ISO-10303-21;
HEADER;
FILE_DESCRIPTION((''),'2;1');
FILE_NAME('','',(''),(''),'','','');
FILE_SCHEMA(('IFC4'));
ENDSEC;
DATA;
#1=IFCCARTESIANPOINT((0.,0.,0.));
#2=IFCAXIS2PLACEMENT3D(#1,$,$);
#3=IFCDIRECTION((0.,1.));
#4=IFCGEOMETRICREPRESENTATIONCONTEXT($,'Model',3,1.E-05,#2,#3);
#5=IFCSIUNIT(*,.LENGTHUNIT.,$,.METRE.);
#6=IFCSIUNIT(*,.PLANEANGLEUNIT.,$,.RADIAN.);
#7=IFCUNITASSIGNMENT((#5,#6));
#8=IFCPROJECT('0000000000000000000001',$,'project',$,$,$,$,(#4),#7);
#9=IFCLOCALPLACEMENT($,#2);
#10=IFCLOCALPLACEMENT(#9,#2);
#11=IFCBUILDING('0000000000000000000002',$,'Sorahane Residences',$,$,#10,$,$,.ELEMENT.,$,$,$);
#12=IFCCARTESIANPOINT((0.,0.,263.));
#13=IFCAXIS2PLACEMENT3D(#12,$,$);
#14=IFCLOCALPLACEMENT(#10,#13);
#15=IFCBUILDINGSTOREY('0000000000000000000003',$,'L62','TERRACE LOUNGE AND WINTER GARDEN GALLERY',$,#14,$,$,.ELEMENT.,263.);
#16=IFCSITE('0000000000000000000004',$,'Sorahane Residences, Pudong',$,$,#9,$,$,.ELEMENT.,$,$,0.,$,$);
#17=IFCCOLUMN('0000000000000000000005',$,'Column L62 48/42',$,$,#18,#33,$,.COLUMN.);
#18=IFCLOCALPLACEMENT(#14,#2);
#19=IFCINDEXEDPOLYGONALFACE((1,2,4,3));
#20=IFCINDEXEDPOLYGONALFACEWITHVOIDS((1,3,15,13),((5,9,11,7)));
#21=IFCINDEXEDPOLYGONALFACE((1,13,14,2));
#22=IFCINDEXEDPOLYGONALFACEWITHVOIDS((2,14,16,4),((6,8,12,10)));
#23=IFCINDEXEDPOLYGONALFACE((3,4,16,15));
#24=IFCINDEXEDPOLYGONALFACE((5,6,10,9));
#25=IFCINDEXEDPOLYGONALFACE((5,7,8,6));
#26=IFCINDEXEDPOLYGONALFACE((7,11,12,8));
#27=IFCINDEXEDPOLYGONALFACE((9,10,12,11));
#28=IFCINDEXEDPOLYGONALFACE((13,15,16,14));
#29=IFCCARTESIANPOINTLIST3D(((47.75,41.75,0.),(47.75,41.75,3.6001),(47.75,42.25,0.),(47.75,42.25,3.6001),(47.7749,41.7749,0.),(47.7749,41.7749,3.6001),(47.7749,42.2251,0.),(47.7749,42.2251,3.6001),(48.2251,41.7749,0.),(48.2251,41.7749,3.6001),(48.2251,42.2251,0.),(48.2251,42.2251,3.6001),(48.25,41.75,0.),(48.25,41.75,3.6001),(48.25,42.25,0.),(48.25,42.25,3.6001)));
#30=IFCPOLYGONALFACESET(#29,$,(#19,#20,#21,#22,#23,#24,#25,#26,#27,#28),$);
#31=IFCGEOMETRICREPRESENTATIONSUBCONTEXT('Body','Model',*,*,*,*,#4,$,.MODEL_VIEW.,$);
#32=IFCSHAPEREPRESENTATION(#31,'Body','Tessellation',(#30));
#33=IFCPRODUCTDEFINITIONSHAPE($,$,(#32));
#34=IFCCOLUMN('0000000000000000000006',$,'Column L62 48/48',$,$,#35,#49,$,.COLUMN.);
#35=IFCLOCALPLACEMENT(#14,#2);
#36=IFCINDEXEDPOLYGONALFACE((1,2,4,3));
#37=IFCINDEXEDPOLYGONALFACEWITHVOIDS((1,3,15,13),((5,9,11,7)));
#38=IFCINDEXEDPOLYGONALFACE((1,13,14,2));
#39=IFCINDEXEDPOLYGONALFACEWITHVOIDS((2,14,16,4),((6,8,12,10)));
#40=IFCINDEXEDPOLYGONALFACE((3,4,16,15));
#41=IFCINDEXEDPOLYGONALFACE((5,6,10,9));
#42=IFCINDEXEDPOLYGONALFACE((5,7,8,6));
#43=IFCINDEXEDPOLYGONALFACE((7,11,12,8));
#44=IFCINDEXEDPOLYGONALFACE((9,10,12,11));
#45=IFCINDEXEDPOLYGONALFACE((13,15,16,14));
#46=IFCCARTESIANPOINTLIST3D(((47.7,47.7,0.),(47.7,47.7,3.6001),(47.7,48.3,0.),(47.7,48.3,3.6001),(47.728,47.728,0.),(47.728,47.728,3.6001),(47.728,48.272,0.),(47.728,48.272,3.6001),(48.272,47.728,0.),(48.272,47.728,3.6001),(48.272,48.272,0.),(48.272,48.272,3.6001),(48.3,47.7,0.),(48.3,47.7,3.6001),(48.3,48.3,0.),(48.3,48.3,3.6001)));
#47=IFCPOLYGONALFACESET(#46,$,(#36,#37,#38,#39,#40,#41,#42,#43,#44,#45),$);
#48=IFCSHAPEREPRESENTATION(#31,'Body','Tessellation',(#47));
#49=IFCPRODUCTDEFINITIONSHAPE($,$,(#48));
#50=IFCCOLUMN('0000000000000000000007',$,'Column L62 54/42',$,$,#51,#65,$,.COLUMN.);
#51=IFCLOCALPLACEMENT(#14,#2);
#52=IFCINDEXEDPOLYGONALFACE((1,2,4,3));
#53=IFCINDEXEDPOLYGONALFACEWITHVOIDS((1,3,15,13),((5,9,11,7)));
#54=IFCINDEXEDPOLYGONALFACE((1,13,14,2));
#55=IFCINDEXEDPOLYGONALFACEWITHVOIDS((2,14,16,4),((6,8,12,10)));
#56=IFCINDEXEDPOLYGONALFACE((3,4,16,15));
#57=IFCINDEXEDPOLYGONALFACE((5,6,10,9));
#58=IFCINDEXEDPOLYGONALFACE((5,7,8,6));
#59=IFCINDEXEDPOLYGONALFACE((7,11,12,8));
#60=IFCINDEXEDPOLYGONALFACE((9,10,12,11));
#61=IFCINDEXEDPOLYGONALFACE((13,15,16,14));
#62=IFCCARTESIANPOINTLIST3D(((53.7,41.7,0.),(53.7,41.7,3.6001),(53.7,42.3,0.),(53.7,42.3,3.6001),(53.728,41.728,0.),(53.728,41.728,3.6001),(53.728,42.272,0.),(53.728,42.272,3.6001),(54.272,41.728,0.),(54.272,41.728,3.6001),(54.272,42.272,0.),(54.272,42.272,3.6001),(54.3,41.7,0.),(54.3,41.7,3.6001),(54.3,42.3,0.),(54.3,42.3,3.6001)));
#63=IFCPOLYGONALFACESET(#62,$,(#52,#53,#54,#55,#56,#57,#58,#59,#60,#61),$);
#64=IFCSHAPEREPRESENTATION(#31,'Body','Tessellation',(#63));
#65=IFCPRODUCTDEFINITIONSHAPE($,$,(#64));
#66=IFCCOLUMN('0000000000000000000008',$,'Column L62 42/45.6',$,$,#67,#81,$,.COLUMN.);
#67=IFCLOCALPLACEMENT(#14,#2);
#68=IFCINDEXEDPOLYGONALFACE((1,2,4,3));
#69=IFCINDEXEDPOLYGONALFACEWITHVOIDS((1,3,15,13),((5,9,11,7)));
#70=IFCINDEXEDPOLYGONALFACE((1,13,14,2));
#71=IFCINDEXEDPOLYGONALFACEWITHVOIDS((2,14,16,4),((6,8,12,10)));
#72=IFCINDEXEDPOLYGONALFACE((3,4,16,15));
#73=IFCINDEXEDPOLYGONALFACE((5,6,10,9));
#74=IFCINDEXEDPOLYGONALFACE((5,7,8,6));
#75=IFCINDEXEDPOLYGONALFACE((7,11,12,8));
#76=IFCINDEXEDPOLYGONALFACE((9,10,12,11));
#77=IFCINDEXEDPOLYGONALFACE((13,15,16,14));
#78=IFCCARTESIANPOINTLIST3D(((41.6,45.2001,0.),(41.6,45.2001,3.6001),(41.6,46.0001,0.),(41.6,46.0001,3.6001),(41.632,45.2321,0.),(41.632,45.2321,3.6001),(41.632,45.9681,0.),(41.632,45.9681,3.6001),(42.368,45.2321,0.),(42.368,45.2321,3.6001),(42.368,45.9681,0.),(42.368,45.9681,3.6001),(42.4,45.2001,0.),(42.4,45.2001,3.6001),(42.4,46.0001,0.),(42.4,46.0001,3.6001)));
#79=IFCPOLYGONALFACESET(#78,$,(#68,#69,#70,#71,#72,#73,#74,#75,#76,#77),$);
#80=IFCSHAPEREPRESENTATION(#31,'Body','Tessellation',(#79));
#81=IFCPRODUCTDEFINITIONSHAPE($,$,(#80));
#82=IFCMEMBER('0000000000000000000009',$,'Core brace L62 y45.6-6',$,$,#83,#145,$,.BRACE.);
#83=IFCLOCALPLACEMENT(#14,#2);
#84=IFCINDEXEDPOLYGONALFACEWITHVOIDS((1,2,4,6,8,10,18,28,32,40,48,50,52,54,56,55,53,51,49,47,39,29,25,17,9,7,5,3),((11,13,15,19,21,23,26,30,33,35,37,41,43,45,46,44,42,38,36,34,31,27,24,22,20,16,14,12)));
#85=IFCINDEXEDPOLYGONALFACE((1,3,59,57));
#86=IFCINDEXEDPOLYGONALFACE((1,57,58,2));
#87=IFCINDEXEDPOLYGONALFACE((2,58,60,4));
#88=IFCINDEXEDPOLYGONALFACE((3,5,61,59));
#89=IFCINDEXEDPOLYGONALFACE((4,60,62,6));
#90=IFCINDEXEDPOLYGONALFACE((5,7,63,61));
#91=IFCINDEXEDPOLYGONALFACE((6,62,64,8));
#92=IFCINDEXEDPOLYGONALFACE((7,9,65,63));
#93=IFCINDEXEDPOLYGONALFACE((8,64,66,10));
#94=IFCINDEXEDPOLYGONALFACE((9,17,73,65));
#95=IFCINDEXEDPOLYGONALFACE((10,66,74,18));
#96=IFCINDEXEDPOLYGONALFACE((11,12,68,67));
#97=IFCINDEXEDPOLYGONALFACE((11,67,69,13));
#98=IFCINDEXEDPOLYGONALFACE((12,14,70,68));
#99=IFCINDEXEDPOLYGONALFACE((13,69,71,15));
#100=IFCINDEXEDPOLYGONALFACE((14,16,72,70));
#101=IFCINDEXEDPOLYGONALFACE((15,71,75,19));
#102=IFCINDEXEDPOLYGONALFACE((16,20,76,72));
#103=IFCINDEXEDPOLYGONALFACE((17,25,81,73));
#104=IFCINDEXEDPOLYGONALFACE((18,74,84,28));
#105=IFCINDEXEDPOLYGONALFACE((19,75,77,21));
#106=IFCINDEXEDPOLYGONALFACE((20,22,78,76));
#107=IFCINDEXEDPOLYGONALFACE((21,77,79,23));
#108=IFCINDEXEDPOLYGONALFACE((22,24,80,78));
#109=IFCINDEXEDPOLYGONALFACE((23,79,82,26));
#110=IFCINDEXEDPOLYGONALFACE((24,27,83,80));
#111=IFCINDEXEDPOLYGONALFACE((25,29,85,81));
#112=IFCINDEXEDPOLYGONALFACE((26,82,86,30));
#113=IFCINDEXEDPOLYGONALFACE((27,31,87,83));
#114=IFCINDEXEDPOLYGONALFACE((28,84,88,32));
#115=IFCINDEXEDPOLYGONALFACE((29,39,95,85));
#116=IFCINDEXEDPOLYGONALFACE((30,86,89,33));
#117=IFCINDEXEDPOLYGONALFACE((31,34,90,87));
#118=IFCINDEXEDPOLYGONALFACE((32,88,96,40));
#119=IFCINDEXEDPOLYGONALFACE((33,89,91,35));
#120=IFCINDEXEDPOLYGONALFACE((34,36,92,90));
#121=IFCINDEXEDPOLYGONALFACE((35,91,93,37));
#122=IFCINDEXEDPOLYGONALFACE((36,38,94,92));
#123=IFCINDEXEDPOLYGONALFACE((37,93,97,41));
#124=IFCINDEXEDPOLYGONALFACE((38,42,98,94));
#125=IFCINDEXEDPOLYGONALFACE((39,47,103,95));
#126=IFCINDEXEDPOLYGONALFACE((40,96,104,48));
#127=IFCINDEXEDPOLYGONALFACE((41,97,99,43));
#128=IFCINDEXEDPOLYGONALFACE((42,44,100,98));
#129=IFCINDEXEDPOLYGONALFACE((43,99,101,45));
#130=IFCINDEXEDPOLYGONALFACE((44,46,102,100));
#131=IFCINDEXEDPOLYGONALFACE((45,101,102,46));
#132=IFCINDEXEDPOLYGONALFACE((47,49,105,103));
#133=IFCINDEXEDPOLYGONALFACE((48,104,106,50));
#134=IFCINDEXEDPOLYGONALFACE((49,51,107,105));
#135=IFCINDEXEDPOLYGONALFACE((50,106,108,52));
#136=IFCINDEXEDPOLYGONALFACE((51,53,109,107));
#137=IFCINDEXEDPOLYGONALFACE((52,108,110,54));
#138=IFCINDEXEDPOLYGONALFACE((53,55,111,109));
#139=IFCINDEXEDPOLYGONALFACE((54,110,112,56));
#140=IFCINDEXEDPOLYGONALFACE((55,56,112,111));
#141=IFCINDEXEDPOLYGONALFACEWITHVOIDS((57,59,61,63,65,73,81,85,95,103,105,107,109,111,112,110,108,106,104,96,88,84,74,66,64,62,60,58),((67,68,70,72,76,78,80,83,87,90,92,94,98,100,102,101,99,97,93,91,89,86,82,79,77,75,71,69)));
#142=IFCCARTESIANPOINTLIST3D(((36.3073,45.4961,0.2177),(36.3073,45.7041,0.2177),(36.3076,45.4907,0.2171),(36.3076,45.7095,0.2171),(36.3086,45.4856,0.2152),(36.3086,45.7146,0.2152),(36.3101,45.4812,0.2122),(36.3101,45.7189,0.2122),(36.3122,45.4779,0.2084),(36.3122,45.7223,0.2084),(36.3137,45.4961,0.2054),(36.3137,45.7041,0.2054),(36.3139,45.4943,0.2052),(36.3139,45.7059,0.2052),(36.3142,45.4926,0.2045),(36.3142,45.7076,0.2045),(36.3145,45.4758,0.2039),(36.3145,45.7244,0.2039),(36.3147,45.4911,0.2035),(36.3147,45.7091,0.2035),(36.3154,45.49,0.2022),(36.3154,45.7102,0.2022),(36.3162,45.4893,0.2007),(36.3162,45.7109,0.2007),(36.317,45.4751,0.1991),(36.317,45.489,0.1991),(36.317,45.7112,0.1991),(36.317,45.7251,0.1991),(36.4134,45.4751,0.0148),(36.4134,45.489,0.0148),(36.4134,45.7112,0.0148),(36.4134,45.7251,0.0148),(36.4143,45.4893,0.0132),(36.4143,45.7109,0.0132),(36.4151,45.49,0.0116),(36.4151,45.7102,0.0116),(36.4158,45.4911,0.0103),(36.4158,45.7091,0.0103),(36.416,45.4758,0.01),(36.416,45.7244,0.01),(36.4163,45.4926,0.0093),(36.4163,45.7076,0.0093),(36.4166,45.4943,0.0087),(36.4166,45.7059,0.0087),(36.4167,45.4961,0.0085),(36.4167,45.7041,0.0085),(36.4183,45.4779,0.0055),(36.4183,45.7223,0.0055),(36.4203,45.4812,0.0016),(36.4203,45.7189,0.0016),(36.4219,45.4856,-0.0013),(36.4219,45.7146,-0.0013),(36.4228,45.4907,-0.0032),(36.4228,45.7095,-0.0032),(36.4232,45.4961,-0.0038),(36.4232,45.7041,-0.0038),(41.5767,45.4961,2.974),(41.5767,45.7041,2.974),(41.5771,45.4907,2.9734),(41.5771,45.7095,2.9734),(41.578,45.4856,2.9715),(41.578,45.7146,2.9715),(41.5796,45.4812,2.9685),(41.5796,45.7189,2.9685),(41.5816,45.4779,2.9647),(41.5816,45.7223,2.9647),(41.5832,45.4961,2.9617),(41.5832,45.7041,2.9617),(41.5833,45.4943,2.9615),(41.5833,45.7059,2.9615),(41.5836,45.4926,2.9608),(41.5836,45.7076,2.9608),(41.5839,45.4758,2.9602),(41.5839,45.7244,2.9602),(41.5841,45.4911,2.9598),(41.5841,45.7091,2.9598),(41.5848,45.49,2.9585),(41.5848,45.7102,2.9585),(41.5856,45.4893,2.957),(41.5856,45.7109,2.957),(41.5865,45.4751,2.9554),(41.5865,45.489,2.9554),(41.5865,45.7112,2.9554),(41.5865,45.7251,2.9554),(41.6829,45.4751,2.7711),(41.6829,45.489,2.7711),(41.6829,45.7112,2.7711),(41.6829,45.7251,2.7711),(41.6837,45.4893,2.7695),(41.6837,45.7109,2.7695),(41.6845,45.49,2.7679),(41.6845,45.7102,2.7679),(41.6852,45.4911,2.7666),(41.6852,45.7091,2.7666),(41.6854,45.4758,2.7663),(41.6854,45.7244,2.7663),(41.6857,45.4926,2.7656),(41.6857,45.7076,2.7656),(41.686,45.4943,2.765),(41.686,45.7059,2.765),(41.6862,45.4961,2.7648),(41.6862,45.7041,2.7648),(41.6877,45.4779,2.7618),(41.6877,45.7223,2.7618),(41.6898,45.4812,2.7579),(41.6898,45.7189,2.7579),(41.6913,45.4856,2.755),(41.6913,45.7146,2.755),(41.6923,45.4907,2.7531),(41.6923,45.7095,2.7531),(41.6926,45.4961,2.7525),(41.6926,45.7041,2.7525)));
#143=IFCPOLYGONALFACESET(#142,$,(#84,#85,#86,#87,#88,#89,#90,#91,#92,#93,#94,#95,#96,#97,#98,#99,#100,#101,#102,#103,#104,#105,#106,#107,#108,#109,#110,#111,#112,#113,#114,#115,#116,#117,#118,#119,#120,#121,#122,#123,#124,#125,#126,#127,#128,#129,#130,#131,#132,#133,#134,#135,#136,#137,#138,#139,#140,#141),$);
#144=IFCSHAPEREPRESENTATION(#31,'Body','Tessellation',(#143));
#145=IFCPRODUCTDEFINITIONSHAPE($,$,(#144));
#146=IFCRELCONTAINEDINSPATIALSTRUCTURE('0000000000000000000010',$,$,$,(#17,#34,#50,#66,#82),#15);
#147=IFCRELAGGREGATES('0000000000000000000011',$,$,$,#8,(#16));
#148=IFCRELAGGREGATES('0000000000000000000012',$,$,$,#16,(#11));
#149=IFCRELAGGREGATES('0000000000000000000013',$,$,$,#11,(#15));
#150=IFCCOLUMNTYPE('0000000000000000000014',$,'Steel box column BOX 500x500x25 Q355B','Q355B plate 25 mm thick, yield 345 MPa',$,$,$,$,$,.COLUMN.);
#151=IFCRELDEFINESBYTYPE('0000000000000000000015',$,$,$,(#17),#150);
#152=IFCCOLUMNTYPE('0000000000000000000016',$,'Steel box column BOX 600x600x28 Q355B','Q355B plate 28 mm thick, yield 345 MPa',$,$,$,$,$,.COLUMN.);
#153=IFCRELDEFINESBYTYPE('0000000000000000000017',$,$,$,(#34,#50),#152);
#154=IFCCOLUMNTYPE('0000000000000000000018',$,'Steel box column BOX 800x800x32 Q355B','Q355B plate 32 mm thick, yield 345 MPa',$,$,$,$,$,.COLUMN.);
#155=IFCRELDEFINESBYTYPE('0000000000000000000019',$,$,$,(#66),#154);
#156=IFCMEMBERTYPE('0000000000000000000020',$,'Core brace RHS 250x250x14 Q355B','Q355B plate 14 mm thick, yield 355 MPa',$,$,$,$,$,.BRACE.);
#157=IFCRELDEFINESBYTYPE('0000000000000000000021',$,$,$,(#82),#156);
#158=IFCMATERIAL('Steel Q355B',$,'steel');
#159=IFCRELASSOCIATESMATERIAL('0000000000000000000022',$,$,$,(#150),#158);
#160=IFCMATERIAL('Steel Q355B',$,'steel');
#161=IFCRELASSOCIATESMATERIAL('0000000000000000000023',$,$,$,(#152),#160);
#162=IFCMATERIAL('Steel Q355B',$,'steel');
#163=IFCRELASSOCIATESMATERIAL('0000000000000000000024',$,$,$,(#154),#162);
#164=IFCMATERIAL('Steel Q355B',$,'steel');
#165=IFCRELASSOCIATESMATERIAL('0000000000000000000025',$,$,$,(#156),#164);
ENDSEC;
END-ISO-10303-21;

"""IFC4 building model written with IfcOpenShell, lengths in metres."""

from ifc_helpers import new_model, si_unit, direction, frame, origin, origin_2d, place, context, subcontext, project, spatial, hollow_rectangle, extrude, material, material_profile, profile_set, type_object, element, save


model = new_model("IFC4")

# Units and contexts
model_context = context("Model", 3, precision=1e-05, world=origin(), true_north=direction((0.0, 1.0)))
body_context = subcontext(model_context, "Body", "Model", "MODEL_VIEW")
ifc_project = project(units=[si_unit("LENGTHUNIT", "METRE"), si_unit("PLANEANGLEUNIT", "RADIAN")], contexts=[model_context])

# Site, building, storey
site_placement = place(None, origin())
site = spatial("IfcSite", under=ifc_project, at=site_placement, Name="Sorahane Residences, Pudong", CompositionType="ELEMENT", RefElevation=0.0)
building_placement = place(site_placement, origin())
building = spatial("IfcBuilding", under=site, at=building_placement, Name="Sorahane Residences", CompositionType="ELEMENT")
storey_placement = place(building_placement, frame((0.0, 0.0, 263.0)))
storey = spatial("IfcBuildingStorey", under=building, at=storey_placement, Name="L62", Description="TERRACE LOUNGE AND WINTER GARDEN GALLERY", CompositionType="ELEMENT", Elevation=263.0)

# Columns
ifc_material_1 = material(Name="Steel Q355B", Category="steel")
ifc_material_profile_1 = material_profile(ifc_material_1, hollow_rectangle(XDim=0.5, YDim=0.5, WallThickness=0.0249, at=origin_2d()), Name="BOX 500x500x25")
ifc_profile_set_1 = profile_set([ifc_material_profile_1], Name="Steel Q355B")
column_type_1 = type_object("IfcColumnType", Name="Steel box column BOX 500x500x25 Q355B", Description="Q355B plate 25 mm thick, yield 345 MPa", PredefinedType="COLUMN", material=ifc_profile_set_1)
column_1_placement = place(storey_placement, frame((48.0, 42.0, 0.0), z_axis=(0.0, 0.0, 1.0), x_axis=(1.0, 0.0, 0.0)))
element("IfcColumn", 1, at=column_1_placement, inside=storey, type_object=column_type_1, Name="Column L62 48/42", PredefinedType="COLUMN", context=body_context, shape_type="SweptSolid", body=[
    extrude(hollow_rectangle(XDim=0.5, YDim=0.5, WallThickness=0.0249, at=origin_2d()), origin(), (0.0, 0.0, 1.0), 3.6001),
])
ifc_material_2 = material(Name="Steel Q355B", Category="steel")
ifc_material_profile_2 = material_profile(ifc_material_2, hollow_rectangle(XDim=0.6001, YDim=0.6001, WallThickness=0.0281, at=origin_2d()), Name="BOX 600x600x28")
ifc_profile_set_2 = profile_set([ifc_material_profile_2], Name="Steel Q355B")
column_type_2 = type_object("IfcColumnType", Name="Steel box column BOX 600x600x28 Q355B", Description="Q355B plate 28 mm thick, yield 345 MPa", PredefinedType="COLUMN", material=ifc_profile_set_2)
for number, where, z_axis, x_axis, name in (
    (2, (48.0, 48.0, 0.0), (0.0, 0.0, 1.0), (1.0, 0.0, 0.0), "Column L62 48/48"),
    (3, (54.0, 42.0, 0.0), (0.0, 0.0, 1.0), (1.0, 0.0, 0.0), "Column L62 54/42"),
):
    element("IfcColumn", number, at=place(storey_placement, frame(where, z_axis=z_axis, x_axis=x_axis)), inside=storey, type_object=column_type_2, Name=name, PredefinedType="COLUMN", context=body_context, shape_type="SweptSolid", body=[
        extrude(hollow_rectangle(XDim=0.6001, YDim=0.6001, WallThickness=0.0281, at=origin_2d()), origin(), (0.0, 0.0, 1.0), 3.6001),
    ])
ifc_material_3 = material(Name="Steel Q355B", Category="steel")
ifc_material_profile_3 = material_profile(ifc_material_3, hollow_rectangle(XDim=0.8, YDim=0.8, WallThickness=0.032, at=origin_2d()), Name="BOX 800x800x32")
ifc_profile_set_3 = profile_set([ifc_material_profile_3], Name="Steel Q355B")
column_type_3 = type_object("IfcColumnType", Name="Steel box column BOX 800x800x32 Q355B", Description="Q355B plate 32 mm thick, yield 345 MPa", PredefinedType="COLUMN", material=ifc_profile_set_3)
column_2_placement = place(storey_placement, frame((42.0, 45.6001, 0.0), z_axis=(0.0, 0.0, 1.0), x_axis=(1.0, 0.0, 0.0)))
element("IfcColumn", 4, at=column_2_placement, inside=storey, type_object=column_type_3, Name="Column L62 42/45.6", PredefinedType="COLUMN", context=body_context, shape_type="SweptSolid", body=[
    extrude(hollow_rectangle(XDim=0.8, YDim=0.8, WallThickness=0.032, at=origin_2d()), origin(), (0.0, 0.0, 1.0), 3.6001),
])

# Member
ifc_material_4 = material(Name="Steel Q355B", Category="steel")
ifc_material_profile_4 = material_profile(ifc_material_4, hollow_rectangle(XDim=0.25, YDim=0.25, WallThickness=0.0139, InnerFilletRadius=0.0071, OuterFilletRadius=0.021, at=origin_2d()), Name="RHS 250x250x14")
ifc_profile_set_4 = profile_set([ifc_material_profile_4], Name="Steel Q355B")
member_type_1 = type_object("IfcMemberType", Name="Core brace RHS 250x250x14 Q355B", Description="Q355B plate 14 mm thick, yield 355 MPa", PredefinedType="BRACE", material=ifc_profile_set_4)
member_1_placement = place(storey_placement, frame((36.3652, 45.6001, 0.1069), z_axis=(0.8861, 0.0, 0.463495), x_axis=(0.0, 1.0, 0.0)))
element("IfcMember", 5, at=member_1_placement, inside=storey, type_object=member_type_1, Name="Core brace L62 y45.6-6", PredefinedType="BRACE", context=body_context, shape_type="SweptSolid", body=[
    extrude(hollow_rectangle(XDim=0.25, YDim=0.25, WallThickness=0.0139, InnerFilletRadius=0.0071, OuterFilletRadius=0.021, at=origin_2d()), origin(), (0.0, 0.0, 1.0), 5.9468),
])

save(model, "model.ifc")
